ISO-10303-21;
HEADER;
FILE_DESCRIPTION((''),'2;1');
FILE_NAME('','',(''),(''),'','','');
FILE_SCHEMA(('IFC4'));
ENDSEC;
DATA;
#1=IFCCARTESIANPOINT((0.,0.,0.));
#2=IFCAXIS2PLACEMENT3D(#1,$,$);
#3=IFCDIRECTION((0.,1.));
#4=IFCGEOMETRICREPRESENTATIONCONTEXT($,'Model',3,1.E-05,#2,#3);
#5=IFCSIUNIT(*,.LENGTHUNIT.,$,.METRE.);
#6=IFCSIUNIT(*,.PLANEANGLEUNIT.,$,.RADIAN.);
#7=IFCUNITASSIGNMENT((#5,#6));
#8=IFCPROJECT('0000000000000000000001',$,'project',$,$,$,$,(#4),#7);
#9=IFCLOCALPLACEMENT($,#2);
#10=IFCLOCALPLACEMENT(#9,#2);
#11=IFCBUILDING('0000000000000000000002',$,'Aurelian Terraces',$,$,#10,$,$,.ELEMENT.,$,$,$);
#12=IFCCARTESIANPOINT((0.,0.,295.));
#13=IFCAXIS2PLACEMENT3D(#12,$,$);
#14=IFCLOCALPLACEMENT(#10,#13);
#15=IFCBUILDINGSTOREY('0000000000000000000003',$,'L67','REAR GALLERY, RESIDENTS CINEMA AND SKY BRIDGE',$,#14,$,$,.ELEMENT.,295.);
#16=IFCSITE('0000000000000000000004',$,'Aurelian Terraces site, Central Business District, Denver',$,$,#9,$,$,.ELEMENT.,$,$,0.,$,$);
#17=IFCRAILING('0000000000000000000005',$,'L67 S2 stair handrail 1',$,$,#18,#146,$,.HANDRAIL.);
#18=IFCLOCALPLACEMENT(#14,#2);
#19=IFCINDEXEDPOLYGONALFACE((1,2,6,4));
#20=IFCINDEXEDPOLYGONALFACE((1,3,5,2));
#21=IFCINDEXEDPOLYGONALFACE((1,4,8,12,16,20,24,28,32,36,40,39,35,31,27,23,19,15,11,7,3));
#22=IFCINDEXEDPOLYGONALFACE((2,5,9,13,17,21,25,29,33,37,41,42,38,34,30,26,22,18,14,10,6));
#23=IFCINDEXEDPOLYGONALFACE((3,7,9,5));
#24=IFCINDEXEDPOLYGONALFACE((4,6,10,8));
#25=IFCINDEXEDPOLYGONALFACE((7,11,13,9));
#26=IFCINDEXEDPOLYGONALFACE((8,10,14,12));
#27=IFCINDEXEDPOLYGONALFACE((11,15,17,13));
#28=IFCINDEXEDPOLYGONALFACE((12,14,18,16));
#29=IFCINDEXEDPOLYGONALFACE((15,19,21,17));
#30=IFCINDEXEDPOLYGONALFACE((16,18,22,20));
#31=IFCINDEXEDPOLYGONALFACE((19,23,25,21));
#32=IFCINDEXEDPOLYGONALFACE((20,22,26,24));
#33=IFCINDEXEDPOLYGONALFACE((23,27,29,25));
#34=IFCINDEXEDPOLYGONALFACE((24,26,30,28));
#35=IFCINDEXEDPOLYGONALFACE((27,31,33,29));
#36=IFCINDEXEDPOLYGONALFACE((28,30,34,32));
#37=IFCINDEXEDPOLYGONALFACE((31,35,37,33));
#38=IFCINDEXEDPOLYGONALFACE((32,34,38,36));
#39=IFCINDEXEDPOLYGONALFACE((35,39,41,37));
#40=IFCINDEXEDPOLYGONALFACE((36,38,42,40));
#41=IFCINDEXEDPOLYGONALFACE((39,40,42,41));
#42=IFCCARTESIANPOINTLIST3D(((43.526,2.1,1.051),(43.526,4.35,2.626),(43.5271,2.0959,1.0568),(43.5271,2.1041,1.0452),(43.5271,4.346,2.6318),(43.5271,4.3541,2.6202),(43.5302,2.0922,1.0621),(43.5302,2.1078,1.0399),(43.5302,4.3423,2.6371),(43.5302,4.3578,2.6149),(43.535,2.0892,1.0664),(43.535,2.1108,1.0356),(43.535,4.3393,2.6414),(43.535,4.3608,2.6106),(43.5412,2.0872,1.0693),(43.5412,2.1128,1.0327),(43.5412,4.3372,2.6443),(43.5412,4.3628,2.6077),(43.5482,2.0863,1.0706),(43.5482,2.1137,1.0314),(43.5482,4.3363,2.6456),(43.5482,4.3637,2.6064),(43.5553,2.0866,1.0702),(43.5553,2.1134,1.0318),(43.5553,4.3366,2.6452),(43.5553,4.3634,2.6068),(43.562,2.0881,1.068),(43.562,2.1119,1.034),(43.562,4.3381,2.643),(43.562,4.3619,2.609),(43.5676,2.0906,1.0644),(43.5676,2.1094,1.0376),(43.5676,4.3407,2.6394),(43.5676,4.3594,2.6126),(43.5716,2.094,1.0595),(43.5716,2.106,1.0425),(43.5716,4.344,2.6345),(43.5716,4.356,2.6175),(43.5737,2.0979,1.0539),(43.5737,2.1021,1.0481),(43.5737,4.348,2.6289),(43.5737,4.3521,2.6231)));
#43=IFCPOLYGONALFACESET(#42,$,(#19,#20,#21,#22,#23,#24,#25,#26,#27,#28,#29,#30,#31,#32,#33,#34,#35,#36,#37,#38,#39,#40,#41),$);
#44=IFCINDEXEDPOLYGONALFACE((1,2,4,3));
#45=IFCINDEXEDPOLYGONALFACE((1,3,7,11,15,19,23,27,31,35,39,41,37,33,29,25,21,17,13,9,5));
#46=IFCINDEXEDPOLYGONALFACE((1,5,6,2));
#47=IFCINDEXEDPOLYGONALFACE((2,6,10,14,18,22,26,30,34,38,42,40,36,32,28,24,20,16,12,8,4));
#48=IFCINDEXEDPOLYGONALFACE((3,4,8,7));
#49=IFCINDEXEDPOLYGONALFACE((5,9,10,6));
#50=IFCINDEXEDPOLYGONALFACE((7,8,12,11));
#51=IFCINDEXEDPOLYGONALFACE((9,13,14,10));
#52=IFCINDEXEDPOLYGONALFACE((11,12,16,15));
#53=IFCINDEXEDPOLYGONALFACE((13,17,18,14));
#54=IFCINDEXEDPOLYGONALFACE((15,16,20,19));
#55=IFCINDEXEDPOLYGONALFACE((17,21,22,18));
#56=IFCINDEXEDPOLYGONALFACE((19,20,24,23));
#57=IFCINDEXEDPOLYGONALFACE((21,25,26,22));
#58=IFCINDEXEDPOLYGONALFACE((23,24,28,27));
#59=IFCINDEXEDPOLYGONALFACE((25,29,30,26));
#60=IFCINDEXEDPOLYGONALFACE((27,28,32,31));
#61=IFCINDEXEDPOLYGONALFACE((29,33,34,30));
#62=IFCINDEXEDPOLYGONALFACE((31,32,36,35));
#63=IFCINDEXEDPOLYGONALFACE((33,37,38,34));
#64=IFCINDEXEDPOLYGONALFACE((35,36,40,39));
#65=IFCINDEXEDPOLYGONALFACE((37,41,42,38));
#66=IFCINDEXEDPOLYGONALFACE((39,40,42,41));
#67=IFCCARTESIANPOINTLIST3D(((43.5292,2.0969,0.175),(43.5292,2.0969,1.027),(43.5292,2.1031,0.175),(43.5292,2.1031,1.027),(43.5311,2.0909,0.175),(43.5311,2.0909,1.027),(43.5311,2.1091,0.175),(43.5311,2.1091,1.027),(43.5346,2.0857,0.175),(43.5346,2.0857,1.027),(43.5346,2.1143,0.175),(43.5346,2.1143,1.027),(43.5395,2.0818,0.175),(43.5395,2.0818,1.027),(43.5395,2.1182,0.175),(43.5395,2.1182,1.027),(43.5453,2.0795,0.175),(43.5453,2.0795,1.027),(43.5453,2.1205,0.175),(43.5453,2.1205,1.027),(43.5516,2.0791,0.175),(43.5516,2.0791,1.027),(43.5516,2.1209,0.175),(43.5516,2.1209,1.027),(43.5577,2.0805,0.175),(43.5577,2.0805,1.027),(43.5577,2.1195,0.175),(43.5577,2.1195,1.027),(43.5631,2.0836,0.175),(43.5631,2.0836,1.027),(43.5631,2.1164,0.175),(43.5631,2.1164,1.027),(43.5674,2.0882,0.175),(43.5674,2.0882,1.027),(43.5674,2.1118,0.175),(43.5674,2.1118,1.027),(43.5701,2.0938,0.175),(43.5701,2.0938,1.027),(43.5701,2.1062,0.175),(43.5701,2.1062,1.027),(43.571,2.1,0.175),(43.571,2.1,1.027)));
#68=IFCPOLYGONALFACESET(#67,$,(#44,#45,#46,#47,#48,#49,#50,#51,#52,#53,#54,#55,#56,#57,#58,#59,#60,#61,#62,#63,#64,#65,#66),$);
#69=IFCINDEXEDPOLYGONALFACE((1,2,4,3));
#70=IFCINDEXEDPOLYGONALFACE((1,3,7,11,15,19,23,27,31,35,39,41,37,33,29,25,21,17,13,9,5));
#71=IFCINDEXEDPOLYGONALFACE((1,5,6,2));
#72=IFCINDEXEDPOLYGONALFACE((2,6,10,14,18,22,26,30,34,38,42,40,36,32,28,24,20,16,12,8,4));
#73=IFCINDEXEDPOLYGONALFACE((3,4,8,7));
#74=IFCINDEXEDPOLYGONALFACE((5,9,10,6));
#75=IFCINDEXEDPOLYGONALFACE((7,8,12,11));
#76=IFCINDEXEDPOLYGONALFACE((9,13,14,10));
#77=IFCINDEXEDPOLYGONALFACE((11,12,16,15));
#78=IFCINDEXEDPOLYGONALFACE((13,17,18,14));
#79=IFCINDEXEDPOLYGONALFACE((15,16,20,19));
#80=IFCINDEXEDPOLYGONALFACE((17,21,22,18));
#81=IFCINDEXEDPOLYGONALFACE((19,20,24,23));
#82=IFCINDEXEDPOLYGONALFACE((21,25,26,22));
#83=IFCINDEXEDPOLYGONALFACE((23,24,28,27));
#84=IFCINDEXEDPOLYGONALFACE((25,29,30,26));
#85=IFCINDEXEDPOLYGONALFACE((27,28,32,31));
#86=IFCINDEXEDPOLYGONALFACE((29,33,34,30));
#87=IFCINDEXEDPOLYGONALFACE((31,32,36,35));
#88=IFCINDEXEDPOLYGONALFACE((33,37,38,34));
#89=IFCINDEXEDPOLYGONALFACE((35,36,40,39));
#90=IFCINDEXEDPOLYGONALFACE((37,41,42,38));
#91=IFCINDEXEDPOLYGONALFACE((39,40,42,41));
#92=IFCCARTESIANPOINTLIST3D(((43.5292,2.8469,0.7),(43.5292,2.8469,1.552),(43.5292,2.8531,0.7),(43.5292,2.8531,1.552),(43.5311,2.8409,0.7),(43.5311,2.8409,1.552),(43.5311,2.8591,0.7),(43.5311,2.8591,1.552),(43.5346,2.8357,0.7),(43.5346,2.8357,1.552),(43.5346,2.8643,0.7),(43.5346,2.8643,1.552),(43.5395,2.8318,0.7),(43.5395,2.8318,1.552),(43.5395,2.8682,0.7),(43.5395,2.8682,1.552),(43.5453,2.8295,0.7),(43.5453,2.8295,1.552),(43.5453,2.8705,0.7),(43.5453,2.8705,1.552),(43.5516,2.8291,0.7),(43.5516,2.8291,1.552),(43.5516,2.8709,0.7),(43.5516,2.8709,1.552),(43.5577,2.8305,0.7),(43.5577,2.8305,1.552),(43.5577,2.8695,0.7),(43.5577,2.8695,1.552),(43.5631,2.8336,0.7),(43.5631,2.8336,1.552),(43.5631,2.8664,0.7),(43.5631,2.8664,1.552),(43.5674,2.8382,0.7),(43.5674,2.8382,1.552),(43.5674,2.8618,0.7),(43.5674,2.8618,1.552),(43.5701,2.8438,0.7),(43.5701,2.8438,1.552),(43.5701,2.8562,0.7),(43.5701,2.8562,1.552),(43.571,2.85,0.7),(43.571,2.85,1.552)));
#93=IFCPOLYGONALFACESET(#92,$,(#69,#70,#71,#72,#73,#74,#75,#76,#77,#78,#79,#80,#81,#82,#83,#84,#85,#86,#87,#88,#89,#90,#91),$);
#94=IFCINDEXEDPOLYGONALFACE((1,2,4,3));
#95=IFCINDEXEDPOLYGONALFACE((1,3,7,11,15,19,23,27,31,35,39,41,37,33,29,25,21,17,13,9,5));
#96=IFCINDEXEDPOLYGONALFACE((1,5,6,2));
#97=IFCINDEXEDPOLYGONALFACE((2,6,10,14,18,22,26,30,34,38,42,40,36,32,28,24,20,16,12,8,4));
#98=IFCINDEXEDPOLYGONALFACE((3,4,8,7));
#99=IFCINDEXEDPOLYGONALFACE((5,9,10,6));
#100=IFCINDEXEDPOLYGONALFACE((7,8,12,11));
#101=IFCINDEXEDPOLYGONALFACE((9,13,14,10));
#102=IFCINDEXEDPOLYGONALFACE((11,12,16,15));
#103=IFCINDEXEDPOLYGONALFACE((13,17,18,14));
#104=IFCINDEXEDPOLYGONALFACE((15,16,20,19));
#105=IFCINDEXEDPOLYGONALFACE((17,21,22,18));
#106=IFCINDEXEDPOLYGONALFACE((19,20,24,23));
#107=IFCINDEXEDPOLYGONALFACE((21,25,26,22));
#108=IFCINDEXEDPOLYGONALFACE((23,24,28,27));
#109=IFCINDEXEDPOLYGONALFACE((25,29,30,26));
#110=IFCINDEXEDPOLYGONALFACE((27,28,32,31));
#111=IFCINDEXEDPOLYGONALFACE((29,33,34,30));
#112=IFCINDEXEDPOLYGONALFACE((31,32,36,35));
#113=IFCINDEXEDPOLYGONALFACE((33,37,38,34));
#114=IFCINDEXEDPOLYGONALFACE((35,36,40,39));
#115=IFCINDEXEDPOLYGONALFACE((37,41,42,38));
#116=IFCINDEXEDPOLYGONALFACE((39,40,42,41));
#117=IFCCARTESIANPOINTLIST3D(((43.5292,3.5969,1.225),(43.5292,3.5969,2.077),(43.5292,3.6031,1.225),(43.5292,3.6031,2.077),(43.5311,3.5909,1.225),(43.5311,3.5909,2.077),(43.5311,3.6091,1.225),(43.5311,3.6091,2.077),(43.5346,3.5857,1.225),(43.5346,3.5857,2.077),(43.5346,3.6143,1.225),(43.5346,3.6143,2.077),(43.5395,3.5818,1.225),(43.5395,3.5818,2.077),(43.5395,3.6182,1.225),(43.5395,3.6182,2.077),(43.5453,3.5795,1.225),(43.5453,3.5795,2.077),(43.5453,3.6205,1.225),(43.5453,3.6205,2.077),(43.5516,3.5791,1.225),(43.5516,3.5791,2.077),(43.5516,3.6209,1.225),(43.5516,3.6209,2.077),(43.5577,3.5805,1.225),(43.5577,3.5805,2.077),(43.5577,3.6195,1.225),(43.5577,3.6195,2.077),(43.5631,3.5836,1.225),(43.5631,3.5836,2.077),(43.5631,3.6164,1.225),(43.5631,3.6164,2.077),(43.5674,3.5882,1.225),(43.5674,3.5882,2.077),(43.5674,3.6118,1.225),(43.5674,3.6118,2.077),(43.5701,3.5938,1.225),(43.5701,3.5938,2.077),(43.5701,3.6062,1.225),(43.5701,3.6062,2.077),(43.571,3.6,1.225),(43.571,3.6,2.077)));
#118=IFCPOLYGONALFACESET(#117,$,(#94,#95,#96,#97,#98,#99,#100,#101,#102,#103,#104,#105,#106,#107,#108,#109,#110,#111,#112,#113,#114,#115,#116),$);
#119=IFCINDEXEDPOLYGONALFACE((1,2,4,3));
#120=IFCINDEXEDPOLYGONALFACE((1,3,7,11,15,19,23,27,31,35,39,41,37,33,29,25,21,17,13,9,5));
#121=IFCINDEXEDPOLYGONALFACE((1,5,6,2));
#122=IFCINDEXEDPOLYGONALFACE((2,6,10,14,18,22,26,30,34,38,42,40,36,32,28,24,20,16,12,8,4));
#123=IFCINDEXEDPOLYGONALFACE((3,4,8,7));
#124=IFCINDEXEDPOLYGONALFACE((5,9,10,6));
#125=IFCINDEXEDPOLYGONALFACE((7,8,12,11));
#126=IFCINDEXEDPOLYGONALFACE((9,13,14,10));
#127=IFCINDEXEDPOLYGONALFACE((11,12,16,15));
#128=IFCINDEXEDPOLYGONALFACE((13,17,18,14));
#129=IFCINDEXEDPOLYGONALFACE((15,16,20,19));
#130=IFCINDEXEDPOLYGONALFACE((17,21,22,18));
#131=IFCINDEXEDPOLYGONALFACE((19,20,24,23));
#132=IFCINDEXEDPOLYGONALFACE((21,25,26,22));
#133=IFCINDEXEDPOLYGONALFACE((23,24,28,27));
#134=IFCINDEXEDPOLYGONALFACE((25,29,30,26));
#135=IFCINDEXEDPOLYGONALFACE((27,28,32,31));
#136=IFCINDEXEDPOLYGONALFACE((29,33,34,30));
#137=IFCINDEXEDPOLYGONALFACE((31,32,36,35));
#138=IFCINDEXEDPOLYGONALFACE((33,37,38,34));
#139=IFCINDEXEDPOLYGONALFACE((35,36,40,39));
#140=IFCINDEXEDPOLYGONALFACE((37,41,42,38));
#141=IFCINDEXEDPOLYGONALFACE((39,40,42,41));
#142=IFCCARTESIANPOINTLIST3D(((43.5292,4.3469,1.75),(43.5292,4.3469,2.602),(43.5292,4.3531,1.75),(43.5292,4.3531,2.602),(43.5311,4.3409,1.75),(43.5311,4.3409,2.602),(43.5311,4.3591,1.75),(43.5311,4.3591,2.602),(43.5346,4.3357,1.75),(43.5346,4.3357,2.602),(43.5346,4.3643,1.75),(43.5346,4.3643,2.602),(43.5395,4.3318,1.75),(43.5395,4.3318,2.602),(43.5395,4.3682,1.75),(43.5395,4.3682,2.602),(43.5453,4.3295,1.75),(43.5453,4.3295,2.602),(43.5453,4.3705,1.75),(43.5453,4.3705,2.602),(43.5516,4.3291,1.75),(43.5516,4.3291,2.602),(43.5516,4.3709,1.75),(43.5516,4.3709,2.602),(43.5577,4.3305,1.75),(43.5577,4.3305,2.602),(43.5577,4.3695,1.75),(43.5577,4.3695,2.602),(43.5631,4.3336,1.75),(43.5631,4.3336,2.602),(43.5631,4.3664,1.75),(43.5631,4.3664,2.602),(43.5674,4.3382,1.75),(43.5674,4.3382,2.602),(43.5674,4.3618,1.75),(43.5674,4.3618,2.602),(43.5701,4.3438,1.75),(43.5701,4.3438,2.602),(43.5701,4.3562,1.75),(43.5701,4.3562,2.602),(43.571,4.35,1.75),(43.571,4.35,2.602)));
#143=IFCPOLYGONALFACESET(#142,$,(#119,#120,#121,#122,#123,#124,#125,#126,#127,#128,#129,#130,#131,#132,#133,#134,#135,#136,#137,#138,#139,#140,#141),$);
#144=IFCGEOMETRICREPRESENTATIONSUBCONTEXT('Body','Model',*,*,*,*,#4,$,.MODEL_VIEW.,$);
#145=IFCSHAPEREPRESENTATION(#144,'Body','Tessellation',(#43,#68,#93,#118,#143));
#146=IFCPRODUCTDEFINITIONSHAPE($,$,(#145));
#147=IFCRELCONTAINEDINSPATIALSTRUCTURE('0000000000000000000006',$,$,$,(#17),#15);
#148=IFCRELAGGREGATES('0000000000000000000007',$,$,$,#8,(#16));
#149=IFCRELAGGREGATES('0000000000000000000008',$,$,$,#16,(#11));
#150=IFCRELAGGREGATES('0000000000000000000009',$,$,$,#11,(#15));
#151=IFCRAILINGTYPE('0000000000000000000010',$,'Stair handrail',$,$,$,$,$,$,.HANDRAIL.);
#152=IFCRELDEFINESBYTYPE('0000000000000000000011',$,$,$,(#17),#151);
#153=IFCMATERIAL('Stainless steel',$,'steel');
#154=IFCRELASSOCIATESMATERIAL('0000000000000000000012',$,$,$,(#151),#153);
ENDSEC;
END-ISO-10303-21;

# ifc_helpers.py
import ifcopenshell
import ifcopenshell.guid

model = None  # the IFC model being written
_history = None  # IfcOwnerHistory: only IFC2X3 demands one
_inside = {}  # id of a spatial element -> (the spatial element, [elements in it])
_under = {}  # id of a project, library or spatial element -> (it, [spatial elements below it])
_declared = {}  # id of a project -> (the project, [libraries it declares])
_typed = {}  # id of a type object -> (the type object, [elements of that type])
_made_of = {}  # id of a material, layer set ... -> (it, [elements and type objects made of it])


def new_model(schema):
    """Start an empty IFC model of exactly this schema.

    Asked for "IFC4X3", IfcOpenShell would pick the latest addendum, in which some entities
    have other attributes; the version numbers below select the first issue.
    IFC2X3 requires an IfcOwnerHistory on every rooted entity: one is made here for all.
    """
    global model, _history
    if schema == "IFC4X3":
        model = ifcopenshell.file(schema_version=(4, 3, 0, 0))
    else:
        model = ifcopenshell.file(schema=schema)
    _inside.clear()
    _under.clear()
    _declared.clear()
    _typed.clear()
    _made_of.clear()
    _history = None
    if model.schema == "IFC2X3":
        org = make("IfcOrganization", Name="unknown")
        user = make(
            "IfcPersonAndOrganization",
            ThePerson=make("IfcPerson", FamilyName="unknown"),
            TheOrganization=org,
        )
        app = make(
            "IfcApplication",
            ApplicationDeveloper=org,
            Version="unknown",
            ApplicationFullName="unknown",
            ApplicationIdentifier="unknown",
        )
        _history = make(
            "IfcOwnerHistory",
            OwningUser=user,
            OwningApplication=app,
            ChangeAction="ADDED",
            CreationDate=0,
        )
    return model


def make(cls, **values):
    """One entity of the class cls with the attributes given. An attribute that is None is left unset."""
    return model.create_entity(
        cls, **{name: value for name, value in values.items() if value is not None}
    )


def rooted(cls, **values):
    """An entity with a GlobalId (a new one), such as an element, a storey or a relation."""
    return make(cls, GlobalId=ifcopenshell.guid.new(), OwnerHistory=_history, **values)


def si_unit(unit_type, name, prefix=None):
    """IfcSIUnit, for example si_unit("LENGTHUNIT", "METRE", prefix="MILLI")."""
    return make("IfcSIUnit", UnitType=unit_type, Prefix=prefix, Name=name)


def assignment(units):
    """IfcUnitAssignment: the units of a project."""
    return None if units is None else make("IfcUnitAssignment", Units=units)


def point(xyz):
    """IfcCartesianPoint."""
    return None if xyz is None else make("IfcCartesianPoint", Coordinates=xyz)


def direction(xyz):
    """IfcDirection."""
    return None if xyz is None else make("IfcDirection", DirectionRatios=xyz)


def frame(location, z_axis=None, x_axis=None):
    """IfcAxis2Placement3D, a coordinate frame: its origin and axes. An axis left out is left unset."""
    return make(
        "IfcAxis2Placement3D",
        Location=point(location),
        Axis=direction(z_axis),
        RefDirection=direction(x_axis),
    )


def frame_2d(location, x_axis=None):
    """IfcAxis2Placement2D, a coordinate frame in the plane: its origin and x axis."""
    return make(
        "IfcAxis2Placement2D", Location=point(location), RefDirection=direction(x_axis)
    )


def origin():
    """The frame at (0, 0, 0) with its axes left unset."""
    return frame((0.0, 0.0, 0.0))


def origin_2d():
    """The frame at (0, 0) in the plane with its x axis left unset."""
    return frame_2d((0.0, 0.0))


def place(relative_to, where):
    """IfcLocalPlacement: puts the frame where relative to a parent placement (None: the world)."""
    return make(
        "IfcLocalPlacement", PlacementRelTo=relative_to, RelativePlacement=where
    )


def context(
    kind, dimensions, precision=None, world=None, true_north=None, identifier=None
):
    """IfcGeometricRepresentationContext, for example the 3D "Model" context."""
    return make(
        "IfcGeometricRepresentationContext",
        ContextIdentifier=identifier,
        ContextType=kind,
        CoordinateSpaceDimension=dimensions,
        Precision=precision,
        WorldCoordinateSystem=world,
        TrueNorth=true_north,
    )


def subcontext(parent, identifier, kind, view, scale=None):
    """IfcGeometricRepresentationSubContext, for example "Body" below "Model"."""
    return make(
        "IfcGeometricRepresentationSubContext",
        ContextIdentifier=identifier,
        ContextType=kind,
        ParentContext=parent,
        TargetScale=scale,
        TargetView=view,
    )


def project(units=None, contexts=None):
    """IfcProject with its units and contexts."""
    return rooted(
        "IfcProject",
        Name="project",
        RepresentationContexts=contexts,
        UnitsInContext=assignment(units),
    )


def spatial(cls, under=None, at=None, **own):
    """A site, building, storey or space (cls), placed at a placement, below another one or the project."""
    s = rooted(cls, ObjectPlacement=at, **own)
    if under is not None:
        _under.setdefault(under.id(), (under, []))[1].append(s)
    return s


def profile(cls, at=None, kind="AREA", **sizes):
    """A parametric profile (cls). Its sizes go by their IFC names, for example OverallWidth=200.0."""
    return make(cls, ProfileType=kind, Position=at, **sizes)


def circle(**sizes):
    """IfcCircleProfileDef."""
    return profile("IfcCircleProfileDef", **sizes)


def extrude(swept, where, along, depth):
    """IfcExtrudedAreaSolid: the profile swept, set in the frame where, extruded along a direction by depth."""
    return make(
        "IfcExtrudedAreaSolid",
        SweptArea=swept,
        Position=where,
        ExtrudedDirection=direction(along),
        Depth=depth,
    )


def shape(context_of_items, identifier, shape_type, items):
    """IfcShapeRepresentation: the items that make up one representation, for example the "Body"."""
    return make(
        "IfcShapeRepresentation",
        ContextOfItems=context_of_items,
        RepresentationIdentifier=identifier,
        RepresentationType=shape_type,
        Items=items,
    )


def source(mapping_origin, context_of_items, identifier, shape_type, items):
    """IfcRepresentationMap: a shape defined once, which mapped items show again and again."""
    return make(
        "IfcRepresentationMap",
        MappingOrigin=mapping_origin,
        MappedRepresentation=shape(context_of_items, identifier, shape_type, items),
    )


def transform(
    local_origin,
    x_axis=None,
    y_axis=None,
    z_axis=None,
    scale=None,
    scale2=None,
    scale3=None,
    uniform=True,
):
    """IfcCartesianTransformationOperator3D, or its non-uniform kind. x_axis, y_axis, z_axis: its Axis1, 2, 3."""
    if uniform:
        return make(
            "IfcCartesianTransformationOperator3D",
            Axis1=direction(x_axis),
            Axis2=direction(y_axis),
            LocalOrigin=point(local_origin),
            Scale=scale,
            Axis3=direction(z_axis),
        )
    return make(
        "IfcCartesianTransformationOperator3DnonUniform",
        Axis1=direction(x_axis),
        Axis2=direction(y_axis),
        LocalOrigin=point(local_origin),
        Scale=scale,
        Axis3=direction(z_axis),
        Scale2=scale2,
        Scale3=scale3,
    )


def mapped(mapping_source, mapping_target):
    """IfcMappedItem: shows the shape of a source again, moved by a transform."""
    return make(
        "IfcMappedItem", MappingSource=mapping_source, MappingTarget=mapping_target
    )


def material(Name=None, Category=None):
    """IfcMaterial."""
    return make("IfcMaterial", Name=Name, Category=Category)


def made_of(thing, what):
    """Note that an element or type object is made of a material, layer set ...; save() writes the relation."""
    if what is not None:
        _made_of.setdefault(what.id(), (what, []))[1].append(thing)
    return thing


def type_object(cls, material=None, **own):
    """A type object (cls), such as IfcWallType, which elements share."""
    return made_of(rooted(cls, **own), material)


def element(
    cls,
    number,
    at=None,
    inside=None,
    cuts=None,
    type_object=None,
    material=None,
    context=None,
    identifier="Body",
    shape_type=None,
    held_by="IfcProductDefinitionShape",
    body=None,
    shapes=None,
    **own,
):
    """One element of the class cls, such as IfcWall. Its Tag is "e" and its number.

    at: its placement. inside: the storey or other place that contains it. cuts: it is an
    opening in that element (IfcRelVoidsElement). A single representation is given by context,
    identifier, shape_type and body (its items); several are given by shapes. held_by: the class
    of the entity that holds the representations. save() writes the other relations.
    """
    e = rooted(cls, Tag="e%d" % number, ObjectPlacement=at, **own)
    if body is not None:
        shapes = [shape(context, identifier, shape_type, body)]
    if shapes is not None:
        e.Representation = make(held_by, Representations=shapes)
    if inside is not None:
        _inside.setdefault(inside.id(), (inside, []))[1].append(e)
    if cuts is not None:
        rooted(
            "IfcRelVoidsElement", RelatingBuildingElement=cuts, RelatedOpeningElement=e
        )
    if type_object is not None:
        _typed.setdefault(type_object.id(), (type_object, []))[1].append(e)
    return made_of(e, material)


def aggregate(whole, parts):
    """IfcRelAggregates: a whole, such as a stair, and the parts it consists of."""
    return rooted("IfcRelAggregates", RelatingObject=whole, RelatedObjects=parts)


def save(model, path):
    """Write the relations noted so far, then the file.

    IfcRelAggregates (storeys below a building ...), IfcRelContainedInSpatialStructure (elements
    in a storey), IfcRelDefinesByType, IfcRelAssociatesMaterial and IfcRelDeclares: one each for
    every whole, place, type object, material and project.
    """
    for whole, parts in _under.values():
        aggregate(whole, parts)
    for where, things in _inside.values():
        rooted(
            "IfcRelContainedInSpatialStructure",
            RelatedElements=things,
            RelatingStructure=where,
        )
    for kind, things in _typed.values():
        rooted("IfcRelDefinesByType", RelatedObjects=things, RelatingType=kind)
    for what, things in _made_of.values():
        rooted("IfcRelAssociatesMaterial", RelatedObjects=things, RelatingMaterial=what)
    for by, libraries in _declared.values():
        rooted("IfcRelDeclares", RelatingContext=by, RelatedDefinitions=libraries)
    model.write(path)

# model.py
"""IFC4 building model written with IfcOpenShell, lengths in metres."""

from ifc_helpers import new_model, si_unit, direction, frame, origin, origin_2d, place, context, subcontext, project, spatial, circle, extrude, source, transform, mapped, material, type_object, element, save


model = new_model("IFC4")

# Units and contexts
model_context = context("Model", 3, precision=1e-05, world=origin(), true_north=direction((0.0, 1.0)))
body_context = subcontext(model_context, "Body", "Model", "MODEL_VIEW")
ifc_project = project(units=[si_unit("LENGTHUNIT", "METRE"), si_unit("PLANEANGLEUNIT", "RADIAN")], contexts=[model_context])

# Site, building, storey
site_placement = place(None, origin())
site = spatial("IfcSite", under=ifc_project, at=site_placement, Name="Aurelian Terraces site, Central Business District, Denver", CompositionType="ELEMENT", RefElevation=0.0)
building_placement = place(site_placement, origin())
building = spatial("IfcBuilding", under=site, at=building_placement, Name="Aurelian Terraces", CompositionType="ELEMENT")
storey_placement = place(building_placement, frame((0.0, 0.0, 295.0)))
storey = spatial("IfcBuildingStorey", under=building, at=storey_placement, Name="L67", Description="REAR GALLERY, RESIDENTS CINEMA AND SKY BRIDGE", CompositionType="ELEMENT", Elevation=295.0)

# Railing
ifc_material_1 = material(Name="Stainless steel", Category="steel")
railing_type_1 = type_object("IfcRailingType", Name="Stair handrail", PredefinedType="HANDRAIL", material=ifc_material_1)
shared_shape_1 = source(origin(), body_context, "Body", "SweptSolid", [
    extrude(circle(Radius=0.024, at=origin_2d()), frame((0.0, 0.0, 0.876), z_axis=(0.0, 0.819232, 0.573462), x_axis=(-1.0, 0.0, 0.0)), (0.0, 0.0, 1.0), 2.7465),
    extrude(circle(Radius=0.021, at=origin_2d()), origin(), (0.0, 0.0, 1.0), 0.852),
    extrude(circle(Radius=0.021, at=origin_2d()), frame((0.0, 0.75, 0.525)), (0.0, 0.0, 1.0), 0.852),
    extrude(circle(Radius=0.021, at=origin_2d()), frame((0.0, 1.5, 1.05)), (0.0, 0.0, 1.0), 0.852),
    extrude(circle(Radius=0.021, at=origin_2d()), frame((0.0, 2.25, 1.575)), (0.0, 0.0, 1.0), 0.852),
])
railing_1_placement = place(storey_placement, frame((43.55, 2.1, 0.175)))
element("IfcRailing", 1, at=railing_1_placement, inside=storey, type_object=railing_type_1, Name="L67 S2 stair handrail 1", PredefinedType="HANDRAIL", context=body_context, shape_type="MappedRepresentation", body=[
    mapped(shared_shape_1, transform((0.0, 0.0, 0.0), scale=1.0)),
])

save(model, "model.ifc")
